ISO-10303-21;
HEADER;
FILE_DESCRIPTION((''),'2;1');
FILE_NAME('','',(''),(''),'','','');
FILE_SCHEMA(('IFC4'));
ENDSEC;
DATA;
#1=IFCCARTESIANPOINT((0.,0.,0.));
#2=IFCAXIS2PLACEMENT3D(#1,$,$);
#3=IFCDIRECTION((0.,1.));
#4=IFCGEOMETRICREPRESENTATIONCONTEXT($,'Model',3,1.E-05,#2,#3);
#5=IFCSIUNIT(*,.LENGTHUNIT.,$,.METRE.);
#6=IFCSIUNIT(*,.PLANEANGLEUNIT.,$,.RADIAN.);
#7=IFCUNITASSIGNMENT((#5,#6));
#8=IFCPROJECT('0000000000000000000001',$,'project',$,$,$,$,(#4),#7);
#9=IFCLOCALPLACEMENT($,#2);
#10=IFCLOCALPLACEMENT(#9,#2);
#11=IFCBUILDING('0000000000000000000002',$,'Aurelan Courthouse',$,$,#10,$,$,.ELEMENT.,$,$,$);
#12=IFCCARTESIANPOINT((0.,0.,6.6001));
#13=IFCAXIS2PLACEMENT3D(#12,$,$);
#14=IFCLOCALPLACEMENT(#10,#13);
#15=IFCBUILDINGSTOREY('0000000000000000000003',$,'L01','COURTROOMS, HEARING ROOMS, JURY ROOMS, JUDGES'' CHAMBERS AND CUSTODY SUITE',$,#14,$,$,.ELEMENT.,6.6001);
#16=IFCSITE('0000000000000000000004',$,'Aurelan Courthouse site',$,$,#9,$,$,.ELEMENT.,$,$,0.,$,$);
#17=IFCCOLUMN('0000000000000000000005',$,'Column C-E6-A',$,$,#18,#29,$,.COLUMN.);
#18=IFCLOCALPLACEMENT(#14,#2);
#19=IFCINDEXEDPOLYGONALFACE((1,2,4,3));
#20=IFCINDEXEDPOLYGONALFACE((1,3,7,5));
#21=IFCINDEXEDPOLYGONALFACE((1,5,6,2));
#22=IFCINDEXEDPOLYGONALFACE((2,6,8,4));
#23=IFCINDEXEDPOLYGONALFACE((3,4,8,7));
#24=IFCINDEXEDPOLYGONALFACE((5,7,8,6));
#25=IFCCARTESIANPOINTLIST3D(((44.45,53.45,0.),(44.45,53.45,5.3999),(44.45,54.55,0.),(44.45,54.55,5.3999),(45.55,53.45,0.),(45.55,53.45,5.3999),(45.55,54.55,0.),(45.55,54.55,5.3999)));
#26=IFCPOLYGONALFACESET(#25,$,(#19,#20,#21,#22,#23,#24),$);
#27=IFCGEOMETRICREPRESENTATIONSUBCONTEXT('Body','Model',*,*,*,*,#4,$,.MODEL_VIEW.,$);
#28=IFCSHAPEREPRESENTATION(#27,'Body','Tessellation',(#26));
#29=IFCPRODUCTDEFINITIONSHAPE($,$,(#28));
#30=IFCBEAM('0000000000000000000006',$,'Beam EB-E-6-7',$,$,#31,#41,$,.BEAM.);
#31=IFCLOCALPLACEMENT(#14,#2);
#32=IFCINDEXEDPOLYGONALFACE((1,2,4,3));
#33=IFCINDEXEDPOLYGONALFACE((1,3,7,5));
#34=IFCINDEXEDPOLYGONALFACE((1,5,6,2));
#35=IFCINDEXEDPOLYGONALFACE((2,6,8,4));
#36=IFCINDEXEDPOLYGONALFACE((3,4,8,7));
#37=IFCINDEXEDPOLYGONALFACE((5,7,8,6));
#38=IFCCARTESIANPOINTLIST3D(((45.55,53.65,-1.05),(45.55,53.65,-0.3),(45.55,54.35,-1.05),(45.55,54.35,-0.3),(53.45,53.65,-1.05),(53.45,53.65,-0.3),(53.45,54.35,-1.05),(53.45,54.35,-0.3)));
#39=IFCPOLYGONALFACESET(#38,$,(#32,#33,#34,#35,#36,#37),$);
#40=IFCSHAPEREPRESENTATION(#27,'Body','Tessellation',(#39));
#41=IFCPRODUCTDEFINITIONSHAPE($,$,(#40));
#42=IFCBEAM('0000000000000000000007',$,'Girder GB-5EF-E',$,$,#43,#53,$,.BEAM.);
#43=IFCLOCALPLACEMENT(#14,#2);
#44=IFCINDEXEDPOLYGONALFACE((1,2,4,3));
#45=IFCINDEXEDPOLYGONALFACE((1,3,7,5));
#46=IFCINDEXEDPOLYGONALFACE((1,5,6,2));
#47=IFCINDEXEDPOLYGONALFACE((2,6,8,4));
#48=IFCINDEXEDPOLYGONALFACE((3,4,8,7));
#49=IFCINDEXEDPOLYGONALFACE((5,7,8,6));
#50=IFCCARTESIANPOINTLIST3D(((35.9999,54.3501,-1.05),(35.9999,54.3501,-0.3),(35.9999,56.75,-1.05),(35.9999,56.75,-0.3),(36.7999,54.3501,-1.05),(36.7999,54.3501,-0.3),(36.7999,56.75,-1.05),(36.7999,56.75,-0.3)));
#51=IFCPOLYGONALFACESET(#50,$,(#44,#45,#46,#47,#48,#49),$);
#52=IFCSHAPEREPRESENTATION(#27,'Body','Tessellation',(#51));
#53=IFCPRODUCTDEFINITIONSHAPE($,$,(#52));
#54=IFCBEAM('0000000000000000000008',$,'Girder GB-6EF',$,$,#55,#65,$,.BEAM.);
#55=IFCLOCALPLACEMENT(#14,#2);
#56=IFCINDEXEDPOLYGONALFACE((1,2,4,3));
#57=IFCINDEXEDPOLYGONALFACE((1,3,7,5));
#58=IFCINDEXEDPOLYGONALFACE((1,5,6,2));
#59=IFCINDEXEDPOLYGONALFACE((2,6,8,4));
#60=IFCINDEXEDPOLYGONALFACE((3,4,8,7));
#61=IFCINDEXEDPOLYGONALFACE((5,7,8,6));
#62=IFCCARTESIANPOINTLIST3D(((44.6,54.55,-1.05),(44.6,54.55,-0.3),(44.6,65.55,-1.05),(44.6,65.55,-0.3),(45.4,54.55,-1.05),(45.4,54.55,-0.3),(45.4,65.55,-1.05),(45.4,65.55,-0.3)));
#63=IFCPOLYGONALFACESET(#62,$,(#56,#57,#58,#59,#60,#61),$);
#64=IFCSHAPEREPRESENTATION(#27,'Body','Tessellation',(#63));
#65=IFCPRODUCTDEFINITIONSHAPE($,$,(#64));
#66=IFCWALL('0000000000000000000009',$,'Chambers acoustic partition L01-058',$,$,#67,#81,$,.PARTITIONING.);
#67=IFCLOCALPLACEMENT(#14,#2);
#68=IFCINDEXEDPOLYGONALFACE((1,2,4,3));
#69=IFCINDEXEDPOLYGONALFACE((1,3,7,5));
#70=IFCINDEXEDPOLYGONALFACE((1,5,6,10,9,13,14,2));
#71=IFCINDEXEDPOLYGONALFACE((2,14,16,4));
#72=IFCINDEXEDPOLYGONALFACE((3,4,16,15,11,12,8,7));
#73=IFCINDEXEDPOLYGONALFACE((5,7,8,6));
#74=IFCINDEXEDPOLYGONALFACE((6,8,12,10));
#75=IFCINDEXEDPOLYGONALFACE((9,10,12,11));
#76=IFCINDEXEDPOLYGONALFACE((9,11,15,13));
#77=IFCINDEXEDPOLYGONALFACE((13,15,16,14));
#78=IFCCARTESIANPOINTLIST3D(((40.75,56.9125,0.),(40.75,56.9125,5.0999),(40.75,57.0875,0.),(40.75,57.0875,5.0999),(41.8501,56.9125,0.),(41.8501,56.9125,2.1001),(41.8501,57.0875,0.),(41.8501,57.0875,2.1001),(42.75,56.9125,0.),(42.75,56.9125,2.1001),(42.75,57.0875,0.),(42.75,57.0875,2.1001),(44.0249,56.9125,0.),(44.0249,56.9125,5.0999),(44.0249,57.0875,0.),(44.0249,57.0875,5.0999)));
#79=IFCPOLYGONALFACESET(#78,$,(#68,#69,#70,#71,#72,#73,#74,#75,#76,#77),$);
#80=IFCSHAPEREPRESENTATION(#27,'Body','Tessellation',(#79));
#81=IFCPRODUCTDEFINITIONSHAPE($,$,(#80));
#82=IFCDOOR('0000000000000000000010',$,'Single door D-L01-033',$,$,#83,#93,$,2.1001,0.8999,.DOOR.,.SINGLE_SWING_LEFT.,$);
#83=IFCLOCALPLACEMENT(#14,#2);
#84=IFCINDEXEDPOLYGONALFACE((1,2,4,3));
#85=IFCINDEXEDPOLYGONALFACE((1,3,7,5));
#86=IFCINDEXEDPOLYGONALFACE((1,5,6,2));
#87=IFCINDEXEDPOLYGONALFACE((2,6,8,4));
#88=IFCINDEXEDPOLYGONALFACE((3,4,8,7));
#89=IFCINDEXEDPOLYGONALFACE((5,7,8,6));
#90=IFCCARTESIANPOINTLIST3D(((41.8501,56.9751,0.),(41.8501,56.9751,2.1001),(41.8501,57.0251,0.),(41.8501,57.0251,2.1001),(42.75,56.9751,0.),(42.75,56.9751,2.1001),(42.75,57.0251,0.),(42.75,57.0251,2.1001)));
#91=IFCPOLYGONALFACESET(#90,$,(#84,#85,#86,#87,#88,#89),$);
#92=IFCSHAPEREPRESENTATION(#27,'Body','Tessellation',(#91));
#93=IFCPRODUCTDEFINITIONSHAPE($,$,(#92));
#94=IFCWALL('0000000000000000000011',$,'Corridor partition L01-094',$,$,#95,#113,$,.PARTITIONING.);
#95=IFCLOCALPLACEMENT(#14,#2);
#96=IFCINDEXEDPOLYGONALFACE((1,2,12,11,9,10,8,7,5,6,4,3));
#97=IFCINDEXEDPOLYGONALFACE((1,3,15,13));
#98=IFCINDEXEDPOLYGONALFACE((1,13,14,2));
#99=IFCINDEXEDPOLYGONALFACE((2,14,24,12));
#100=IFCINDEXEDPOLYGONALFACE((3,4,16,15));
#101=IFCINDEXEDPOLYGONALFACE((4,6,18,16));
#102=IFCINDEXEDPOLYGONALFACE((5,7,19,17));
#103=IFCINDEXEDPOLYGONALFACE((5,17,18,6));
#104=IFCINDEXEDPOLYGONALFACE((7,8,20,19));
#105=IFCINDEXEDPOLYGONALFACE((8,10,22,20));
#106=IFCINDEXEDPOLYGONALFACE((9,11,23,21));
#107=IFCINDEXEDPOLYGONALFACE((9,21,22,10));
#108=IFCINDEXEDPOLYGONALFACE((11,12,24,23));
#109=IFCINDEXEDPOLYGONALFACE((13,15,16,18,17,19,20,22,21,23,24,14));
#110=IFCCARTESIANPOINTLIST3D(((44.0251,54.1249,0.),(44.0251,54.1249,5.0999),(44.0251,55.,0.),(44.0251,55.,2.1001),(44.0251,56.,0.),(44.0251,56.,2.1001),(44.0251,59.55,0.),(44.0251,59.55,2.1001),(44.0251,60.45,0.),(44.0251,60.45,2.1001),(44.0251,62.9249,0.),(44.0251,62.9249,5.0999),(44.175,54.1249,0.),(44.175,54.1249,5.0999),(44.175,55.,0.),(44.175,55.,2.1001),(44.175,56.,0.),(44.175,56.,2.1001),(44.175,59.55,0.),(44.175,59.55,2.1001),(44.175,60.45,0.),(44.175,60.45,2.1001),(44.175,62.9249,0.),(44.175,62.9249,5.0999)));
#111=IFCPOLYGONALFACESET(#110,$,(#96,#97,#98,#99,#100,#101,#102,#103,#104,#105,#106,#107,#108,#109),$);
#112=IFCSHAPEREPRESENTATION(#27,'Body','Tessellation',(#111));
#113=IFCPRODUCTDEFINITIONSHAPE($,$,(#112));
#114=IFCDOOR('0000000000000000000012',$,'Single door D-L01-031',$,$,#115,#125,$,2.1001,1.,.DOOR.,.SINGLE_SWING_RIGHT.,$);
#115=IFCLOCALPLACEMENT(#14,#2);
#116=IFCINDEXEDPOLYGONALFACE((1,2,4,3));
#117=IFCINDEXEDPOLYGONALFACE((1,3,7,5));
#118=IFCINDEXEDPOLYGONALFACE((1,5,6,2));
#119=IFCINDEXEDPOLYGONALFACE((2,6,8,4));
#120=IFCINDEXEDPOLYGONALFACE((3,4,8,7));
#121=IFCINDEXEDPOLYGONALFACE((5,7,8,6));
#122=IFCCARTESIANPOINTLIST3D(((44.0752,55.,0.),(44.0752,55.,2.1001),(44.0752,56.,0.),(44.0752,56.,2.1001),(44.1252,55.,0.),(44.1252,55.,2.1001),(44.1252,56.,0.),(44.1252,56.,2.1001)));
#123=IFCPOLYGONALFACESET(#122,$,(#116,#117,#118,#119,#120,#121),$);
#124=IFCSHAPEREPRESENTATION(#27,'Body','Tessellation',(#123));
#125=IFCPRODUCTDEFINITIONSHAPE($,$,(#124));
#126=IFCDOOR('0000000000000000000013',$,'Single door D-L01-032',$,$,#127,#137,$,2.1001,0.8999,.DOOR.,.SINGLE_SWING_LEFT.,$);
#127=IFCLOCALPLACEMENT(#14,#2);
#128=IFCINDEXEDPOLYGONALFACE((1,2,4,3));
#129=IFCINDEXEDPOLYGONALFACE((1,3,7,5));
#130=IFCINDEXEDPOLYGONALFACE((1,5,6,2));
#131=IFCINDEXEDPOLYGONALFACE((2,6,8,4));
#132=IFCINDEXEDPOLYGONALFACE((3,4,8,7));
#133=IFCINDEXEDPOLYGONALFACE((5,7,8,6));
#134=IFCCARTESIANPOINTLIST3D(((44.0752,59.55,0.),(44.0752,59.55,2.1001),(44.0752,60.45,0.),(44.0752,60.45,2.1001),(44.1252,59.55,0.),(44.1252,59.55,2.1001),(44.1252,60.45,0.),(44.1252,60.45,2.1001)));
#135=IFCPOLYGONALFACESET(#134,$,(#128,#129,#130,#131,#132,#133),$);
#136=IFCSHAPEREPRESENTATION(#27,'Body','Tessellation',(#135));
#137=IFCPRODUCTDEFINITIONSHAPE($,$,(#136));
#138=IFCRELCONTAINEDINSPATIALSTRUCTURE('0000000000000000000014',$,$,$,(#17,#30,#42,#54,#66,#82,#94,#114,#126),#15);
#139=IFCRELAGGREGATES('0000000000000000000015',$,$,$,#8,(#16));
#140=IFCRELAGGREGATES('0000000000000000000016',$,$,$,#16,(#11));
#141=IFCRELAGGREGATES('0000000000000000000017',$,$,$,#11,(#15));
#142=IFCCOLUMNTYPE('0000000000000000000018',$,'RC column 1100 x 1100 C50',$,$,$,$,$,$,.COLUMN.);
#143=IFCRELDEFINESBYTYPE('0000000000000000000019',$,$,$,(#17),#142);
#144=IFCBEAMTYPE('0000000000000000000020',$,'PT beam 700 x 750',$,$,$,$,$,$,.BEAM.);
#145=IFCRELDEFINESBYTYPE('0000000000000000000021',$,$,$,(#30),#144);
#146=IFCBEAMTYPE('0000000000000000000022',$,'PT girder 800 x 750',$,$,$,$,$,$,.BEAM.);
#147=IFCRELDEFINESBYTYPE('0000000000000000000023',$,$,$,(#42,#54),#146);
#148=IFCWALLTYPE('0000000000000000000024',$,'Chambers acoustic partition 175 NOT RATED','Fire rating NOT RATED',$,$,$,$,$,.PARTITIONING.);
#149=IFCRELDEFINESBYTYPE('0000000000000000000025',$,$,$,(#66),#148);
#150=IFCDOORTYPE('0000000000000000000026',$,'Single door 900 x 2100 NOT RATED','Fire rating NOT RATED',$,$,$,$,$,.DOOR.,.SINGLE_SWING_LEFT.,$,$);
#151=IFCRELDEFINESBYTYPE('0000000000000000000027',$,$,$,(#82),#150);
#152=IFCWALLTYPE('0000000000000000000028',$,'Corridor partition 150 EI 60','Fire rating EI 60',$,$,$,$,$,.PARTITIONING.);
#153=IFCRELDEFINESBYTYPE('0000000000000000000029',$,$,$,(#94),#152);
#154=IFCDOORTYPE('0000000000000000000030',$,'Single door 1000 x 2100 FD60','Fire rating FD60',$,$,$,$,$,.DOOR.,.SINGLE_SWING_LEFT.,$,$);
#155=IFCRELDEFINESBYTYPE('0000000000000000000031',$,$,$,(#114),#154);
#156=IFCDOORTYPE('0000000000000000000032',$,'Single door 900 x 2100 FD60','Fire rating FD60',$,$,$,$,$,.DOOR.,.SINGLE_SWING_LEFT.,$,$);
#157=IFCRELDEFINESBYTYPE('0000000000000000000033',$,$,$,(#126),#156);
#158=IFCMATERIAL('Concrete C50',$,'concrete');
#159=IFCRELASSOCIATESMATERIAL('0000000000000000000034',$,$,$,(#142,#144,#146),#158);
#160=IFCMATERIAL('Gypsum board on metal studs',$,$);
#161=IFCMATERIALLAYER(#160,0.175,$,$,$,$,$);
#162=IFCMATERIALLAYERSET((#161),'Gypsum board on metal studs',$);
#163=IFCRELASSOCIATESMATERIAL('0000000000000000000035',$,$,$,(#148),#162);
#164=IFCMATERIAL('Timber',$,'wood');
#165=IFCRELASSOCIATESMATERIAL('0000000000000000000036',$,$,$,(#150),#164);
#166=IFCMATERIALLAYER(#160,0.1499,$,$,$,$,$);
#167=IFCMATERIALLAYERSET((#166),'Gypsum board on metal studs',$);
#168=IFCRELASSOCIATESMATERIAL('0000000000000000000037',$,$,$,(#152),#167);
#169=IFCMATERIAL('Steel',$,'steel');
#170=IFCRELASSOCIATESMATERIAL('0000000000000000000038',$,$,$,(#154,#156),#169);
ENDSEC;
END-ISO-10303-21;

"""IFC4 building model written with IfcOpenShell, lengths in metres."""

from ifc_helpers import new_model, si_unit, direction, frame, frame_2d, origin, origin_2d, place, context, subcontext, project, spatial, rectangle, extrude, material, layer, layer_set, material_profile, profile_set, type_object, element, fill, save


model = new_model("IFC4")

# Units and contexts
model_context = context("Model", 3, precision=1e-05, world=origin(), true_north=direction((0.0, 1.0)))
body_context = subcontext(model_context, "Body", "Model", "MODEL_VIEW")
ifc_project = project(units=[si_unit("LENGTHUNIT", "METRE"), si_unit("PLANEANGLEUNIT", "RADIAN")], contexts=[model_context])

# Site, building, storey
site_placement = place(None, origin())
site = spatial("IfcSite", under=ifc_project, at=site_placement, Name="Aurelan Courthouse site", CompositionType="ELEMENT", RefElevation=0.0)
building_placement = place(site_placement, origin())
building = spatial("IfcBuilding", under=site, at=building_placement, Name="Aurelan Courthouse", CompositionType="ELEMENT")
storey_placement = place(building_placement, frame((0.0, 0.0, 6.6001)))
storey = spatial("IfcBuildingStorey", under=building, at=storey_placement, Name="L01", Description="COURTROOMS, HEARING ROOMS, JURY ROOMS, JUDGES' CHAMBERS AND CUSTODY SUITE", CompositionType="ELEMENT", Elevation=6.6001)

# Column
ifc_material_1 = material(Name="Concrete C50", Category="concrete")
ifc_material_profile_1 = material_profile(ifc_material_1, rectangle(XDim=1.1001, YDim=1.1001, at=origin_2d()), Name="RC 1100 x 1100")
ifc_profile_set_1 = profile_set([ifc_material_profile_1], Name="Concrete C50")
column_type = type_object("IfcColumnType", Name="RC column 1100 x 1100 C50", PredefinedType="COLUMN", material=ifc_profile_set_1)
column_placement = place(storey_placement, frame((45.0, 54.0, 0.0), z_axis=(0.0, 0.0, 1.0), x_axis=(1.0, 0.0, 0.0)))
element("IfcColumn", 1, at=column_placement, inside=storey, type_object=column_type, Name="Column C-E6-A", PredefinedType="COLUMN", context=body_context, shape_type="SweptSolid", body=[
    extrude(rectangle(XDim=1.1001, YDim=1.1001, at=origin_2d()), origin(), (0.0, 0.0, 1.0), 5.3999),
])

# Beams
ifc_material_profile_2 = material_profile(ifc_material_1, rectangle(XDim=0.7, YDim=0.75, at=origin_2d()), Name="RC 700 x 750")
ifc_profile_set_2 = profile_set([ifc_material_profile_2], Name="Concrete C50")
beam_type_1 = type_object("IfcBeamType", Name="PT beam 700 x 750", PredefinedType="BEAM", material=ifc_profile_set_2)
beam_1_placement = place(storey_placement, frame((45.55, 54.0, -0.675), z_axis=(1.0, 0.0, 0.0), x_axis=(0.0, 1.0, 0.0)))
element("IfcBeam", 2, at=beam_1_placement, inside=storey, type_object=beam_type_1, Name="Beam EB-E-6-7", PredefinedType="BEAM", context=body_context, shape_type="SweptSolid", body=[
    extrude(rectangle(XDim=0.7, YDim=0.75, at=origin_2d()), origin(), (0.0, 0.0, 1.0), 7.8999),
])
ifc_material_profile_3 = material_profile(ifc_material_1, rectangle(XDim=0.8, YDim=0.75, at=origin_2d()), Name="RC 800 x 750")
ifc_profile_set_3 = profile_set([ifc_material_profile_3], Name="Concrete C50")
beam_type_2 = type_object("IfcBeamType", Name="PT girder 800 x 750", PredefinedType="BEAM", material=ifc_profile_set_3)
beam_2_placement = place(storey_placement, frame((36.3999, 54.3501, -0.675), z_axis=(0.0, 1.0, 0.0), x_axis=(-1.0, 0.0, 0.0)))
element("IfcBeam", 3, at=beam_2_placement, inside=storey, type_object=beam_type_2, Name="Girder GB-5EF-E", PredefinedType="BEAM", context=body_context, shape_type="SweptSolid", body=[
    extrude(rectangle(XDim=0.8, YDim=0.75, at=origin_2d()), origin(), (0.0, 0.0, 1.0), 2.3999),
])
beam_3_placement = place(storey_placement, frame((45.0, 54.55, -0.675), z_axis=(0.0, 1.0, 0.0), x_axis=(-1.0, 0.0, 0.0)))
element("IfcBeam", 4, at=beam_3_placement, inside=storey, type_object=beam_type_2, Name="Girder GB-6EF", PredefinedType="BEAM", context=body_context, shape_type="SweptSolid", body=[
    extrude(rectangle(XDim=0.8, YDim=0.75, at=origin_2d()), origin(), (0.0, 0.0, 1.0), 11.0),
])

# Wall, opening, door
ifc_material_2 = material(Name="Gypsum board on metal studs")
ifc_layer_1 = layer(ifc_material_2, 0.175)
ifc_layer_set_1 = layer_set([ifc_layer_1], Name="Gypsum board on metal studs")
wall_type_1 = type_object("IfcWallType", Name="Chambers acoustic partition 175 NOT RATED", Description="Fire rating NOT RATED", PredefinedType="PARTITIONING", material=ifc_layer_set_1)
wall_1_placement = place(storey_placement, frame((40.75, 57.0, 0.0), z_axis=(0.0, 0.0, 1.0), x_axis=(1.0, 0.0, 0.0)))
wall_1 = element("IfcWall", 5, at=wall_1_placement, inside=storey, type_object=wall_type_1, Name="Chambers acoustic partition L01-058", PredefinedType="PARTITIONING", context=body_context, shape_type="SweptSolid", body=[
    extrude(rectangle(XDim=3.2749, YDim=0.175, at=frame_2d((1.6375, 0.0))), origin(), (0.0, 0.0, 1.0), 5.0999),
])
opening_1_placement = place(wall_1_placement, frame((2.0, 0.0, 0.0), z_axis=(0.0, 0.0, 1.0), x_axis=(-1.0, 0.0, 0.0)))
opening_1 = element("IfcOpeningElement", 6, at=opening_1_placement, cuts=wall_1, PredefinedType="OPENING", context=body_context, shape_type="SweptSolid", body=[
    extrude(rectangle(XDim=0.8999, YDim=2.1001, at=frame_2d((0.45, 1.05))), frame((0.0, 0.0974, 0.0), z_axis=(0.0, -1.0, 0.0), x_axis=(1.0, 0.0, 0.0)), (0.0, 0.0, 1.0), 0.1951),
])
ifc_material_3 = material(Name="Timber", Category="wood")
door_type_1 = type_object("IfcDoorType", Name="Single door 900 x 2100 NOT RATED", Description="Fire rating NOT RATED", OperationType="SINGLE_SWING_LEFT", PredefinedType="DOOR", material=ifc_material_3)
door_1_placement = place(opening_1_placement, origin())
door_1 = element("IfcDoor", 7, at=door_1_placement, inside=storey, type_object=door_type_1, Name="Single door D-L01-033", OperationType="SINGLE_SWING_LEFT", OverallHeight=2.1001, OverallWidth=0.8999, PredefinedType="DOOR", context=body_context, shape_type="SweptSolid", body=[
    extrude(rectangle(XDim=0.8999, YDim=2.1001, at=frame_2d((0.45, 1.05))), frame((0.0, 0.0249, 0.0), z_axis=(0.0, -1.0, 0.0), x_axis=(1.0, 0.0, 0.0)), (0.0, 0.0, 1.0), 0.05),
])
fill(opening_1, door_1)

# Wall, openings, doors
ifc_layer_2 = layer(ifc_material_2, 0.1499)
ifc_layer_set_2 = layer_set([ifc_layer_2], Name="Gypsum board on metal studs")
wall_type_2 = type_object("IfcWallType", Name="Corridor partition 150 EI 60", Description="Fire rating EI 60", PredefinedType="PARTITIONING", material=ifc_layer_set_2)
wall_2_placement = place(storey_placement, frame((44.1001, 54.125, 0.0), z_axis=(0.0, 0.0, 1.0), x_axis=(0.0, 1.0, 0.0)))
wall_2 = element("IfcWall", 8, at=wall_2_placement, inside=storey, type_object=wall_type_2, Name="Corridor partition L01-094", PredefinedType="PARTITIONING", context=body_context, shape_type="SweptSolid", body=[
    extrude(rectangle(XDim=8.8, YDim=0.1499, at=frame_2d((4.3999, 0.0))), origin(), (0.0, 0.0, 1.0), 5.0999),
])
opening_2_placement = place(wall_2_placement, frame((0.875, 0.0, 0.0)))
opening_2 = element("IfcOpeningElement", 9, at=opening_2_placement, cuts=wall_2, PredefinedType="OPENING", context=body_context, shape_type="SweptSolid", body=[
    extrude(rectangle(XDim=1.0, YDim=2.1001, at=frame_2d((0.5, 1.05))), frame((0.0, 0.085, 0.0), z_axis=(0.0, -1.0, 0.0), x_axis=(1.0, 0.0, 0.0)), (0.0, 0.0, 1.0), 0.1699),
])
opening_3_placement = place(wall_2_placement, frame((5.425, 0.0, 0.0)))
opening_3 = element("IfcOpeningElement", 10, at=opening_3_placement, cuts=wall_2, PredefinedType="OPENING", context=body_context, shape_type="SweptSolid", body=[
    extrude(rectangle(XDim=0.8999, YDim=2.1001, at=frame_2d((0.45, 1.05))), frame((0.0, 0.085, 0.0), z_axis=(0.0, -1.0, 0.0), x_axis=(1.0, 0.0, 0.0)), (0.0, 0.0, 1.0), 0.1699),
])
ifc_material_4 = material(Name="Steel", Category="steel")
door_type_2 = type_object("IfcDoorType", Name="Single door 1000 x 2100 FD60", Description="Fire rating FD60", OperationType="SINGLE_SWING_LEFT", PredefinedType="DOOR", material=ifc_material_4)
door_2_placement = place(opening_2_placement, origin())
door_2 = element("IfcDoor", 11, at=door_2_placement, inside=storey, type_object=door_type_2, Name="Single door D-L01-031", OperationType="SINGLE_SWING_RIGHT", OverallHeight=2.1001, OverallWidth=1.0, PredefinedType="DOOR", context=body_context, shape_type="SweptSolid", body=[
    extrude(rectangle(XDim=1.0, YDim=2.1001, at=frame_2d((0.5, 1.05))), frame((0.0, 0.0249, 0.0), z_axis=(0.0, -1.0, 0.0), x_axis=(1.0, 0.0, 0.0)), (0.0, 0.0, 1.0), 0.05),
])
fill(opening_2, door_2)
door_type_3 = type_object("IfcDoorType", Name="Single door 900 x 2100 FD60", Description="Fire rating FD60", OperationType="SINGLE_SWING_LEFT", PredefinedType="DOOR", material=ifc_material_4)
door_3_placement = place(opening_3_placement, origin())
door_3 = element("IfcDoor", 12, at=door_3_placement, inside=storey, type_object=door_type_3, Name="Single door D-L01-032", OperationType="SINGLE_SWING_LEFT", OverallHeight=2.1001, OverallWidth=0.8999, PredefinedType="DOOR", context=body_context, shape_type="SweptSolid", body=[
    extrude(rectangle(XDim=0.8999, YDim=2.1001, at=frame_2d((0.45, 1.05))), frame((0.0, 0.0249, 0.0), z_axis=(0.0, -1.0, 0.0), x_axis=(1.0, 0.0, 0.0)), (0.0, 0.0, 1.0), 0.05),
])
fill(opening_3, door_3)

save(model, "model.ifc")
